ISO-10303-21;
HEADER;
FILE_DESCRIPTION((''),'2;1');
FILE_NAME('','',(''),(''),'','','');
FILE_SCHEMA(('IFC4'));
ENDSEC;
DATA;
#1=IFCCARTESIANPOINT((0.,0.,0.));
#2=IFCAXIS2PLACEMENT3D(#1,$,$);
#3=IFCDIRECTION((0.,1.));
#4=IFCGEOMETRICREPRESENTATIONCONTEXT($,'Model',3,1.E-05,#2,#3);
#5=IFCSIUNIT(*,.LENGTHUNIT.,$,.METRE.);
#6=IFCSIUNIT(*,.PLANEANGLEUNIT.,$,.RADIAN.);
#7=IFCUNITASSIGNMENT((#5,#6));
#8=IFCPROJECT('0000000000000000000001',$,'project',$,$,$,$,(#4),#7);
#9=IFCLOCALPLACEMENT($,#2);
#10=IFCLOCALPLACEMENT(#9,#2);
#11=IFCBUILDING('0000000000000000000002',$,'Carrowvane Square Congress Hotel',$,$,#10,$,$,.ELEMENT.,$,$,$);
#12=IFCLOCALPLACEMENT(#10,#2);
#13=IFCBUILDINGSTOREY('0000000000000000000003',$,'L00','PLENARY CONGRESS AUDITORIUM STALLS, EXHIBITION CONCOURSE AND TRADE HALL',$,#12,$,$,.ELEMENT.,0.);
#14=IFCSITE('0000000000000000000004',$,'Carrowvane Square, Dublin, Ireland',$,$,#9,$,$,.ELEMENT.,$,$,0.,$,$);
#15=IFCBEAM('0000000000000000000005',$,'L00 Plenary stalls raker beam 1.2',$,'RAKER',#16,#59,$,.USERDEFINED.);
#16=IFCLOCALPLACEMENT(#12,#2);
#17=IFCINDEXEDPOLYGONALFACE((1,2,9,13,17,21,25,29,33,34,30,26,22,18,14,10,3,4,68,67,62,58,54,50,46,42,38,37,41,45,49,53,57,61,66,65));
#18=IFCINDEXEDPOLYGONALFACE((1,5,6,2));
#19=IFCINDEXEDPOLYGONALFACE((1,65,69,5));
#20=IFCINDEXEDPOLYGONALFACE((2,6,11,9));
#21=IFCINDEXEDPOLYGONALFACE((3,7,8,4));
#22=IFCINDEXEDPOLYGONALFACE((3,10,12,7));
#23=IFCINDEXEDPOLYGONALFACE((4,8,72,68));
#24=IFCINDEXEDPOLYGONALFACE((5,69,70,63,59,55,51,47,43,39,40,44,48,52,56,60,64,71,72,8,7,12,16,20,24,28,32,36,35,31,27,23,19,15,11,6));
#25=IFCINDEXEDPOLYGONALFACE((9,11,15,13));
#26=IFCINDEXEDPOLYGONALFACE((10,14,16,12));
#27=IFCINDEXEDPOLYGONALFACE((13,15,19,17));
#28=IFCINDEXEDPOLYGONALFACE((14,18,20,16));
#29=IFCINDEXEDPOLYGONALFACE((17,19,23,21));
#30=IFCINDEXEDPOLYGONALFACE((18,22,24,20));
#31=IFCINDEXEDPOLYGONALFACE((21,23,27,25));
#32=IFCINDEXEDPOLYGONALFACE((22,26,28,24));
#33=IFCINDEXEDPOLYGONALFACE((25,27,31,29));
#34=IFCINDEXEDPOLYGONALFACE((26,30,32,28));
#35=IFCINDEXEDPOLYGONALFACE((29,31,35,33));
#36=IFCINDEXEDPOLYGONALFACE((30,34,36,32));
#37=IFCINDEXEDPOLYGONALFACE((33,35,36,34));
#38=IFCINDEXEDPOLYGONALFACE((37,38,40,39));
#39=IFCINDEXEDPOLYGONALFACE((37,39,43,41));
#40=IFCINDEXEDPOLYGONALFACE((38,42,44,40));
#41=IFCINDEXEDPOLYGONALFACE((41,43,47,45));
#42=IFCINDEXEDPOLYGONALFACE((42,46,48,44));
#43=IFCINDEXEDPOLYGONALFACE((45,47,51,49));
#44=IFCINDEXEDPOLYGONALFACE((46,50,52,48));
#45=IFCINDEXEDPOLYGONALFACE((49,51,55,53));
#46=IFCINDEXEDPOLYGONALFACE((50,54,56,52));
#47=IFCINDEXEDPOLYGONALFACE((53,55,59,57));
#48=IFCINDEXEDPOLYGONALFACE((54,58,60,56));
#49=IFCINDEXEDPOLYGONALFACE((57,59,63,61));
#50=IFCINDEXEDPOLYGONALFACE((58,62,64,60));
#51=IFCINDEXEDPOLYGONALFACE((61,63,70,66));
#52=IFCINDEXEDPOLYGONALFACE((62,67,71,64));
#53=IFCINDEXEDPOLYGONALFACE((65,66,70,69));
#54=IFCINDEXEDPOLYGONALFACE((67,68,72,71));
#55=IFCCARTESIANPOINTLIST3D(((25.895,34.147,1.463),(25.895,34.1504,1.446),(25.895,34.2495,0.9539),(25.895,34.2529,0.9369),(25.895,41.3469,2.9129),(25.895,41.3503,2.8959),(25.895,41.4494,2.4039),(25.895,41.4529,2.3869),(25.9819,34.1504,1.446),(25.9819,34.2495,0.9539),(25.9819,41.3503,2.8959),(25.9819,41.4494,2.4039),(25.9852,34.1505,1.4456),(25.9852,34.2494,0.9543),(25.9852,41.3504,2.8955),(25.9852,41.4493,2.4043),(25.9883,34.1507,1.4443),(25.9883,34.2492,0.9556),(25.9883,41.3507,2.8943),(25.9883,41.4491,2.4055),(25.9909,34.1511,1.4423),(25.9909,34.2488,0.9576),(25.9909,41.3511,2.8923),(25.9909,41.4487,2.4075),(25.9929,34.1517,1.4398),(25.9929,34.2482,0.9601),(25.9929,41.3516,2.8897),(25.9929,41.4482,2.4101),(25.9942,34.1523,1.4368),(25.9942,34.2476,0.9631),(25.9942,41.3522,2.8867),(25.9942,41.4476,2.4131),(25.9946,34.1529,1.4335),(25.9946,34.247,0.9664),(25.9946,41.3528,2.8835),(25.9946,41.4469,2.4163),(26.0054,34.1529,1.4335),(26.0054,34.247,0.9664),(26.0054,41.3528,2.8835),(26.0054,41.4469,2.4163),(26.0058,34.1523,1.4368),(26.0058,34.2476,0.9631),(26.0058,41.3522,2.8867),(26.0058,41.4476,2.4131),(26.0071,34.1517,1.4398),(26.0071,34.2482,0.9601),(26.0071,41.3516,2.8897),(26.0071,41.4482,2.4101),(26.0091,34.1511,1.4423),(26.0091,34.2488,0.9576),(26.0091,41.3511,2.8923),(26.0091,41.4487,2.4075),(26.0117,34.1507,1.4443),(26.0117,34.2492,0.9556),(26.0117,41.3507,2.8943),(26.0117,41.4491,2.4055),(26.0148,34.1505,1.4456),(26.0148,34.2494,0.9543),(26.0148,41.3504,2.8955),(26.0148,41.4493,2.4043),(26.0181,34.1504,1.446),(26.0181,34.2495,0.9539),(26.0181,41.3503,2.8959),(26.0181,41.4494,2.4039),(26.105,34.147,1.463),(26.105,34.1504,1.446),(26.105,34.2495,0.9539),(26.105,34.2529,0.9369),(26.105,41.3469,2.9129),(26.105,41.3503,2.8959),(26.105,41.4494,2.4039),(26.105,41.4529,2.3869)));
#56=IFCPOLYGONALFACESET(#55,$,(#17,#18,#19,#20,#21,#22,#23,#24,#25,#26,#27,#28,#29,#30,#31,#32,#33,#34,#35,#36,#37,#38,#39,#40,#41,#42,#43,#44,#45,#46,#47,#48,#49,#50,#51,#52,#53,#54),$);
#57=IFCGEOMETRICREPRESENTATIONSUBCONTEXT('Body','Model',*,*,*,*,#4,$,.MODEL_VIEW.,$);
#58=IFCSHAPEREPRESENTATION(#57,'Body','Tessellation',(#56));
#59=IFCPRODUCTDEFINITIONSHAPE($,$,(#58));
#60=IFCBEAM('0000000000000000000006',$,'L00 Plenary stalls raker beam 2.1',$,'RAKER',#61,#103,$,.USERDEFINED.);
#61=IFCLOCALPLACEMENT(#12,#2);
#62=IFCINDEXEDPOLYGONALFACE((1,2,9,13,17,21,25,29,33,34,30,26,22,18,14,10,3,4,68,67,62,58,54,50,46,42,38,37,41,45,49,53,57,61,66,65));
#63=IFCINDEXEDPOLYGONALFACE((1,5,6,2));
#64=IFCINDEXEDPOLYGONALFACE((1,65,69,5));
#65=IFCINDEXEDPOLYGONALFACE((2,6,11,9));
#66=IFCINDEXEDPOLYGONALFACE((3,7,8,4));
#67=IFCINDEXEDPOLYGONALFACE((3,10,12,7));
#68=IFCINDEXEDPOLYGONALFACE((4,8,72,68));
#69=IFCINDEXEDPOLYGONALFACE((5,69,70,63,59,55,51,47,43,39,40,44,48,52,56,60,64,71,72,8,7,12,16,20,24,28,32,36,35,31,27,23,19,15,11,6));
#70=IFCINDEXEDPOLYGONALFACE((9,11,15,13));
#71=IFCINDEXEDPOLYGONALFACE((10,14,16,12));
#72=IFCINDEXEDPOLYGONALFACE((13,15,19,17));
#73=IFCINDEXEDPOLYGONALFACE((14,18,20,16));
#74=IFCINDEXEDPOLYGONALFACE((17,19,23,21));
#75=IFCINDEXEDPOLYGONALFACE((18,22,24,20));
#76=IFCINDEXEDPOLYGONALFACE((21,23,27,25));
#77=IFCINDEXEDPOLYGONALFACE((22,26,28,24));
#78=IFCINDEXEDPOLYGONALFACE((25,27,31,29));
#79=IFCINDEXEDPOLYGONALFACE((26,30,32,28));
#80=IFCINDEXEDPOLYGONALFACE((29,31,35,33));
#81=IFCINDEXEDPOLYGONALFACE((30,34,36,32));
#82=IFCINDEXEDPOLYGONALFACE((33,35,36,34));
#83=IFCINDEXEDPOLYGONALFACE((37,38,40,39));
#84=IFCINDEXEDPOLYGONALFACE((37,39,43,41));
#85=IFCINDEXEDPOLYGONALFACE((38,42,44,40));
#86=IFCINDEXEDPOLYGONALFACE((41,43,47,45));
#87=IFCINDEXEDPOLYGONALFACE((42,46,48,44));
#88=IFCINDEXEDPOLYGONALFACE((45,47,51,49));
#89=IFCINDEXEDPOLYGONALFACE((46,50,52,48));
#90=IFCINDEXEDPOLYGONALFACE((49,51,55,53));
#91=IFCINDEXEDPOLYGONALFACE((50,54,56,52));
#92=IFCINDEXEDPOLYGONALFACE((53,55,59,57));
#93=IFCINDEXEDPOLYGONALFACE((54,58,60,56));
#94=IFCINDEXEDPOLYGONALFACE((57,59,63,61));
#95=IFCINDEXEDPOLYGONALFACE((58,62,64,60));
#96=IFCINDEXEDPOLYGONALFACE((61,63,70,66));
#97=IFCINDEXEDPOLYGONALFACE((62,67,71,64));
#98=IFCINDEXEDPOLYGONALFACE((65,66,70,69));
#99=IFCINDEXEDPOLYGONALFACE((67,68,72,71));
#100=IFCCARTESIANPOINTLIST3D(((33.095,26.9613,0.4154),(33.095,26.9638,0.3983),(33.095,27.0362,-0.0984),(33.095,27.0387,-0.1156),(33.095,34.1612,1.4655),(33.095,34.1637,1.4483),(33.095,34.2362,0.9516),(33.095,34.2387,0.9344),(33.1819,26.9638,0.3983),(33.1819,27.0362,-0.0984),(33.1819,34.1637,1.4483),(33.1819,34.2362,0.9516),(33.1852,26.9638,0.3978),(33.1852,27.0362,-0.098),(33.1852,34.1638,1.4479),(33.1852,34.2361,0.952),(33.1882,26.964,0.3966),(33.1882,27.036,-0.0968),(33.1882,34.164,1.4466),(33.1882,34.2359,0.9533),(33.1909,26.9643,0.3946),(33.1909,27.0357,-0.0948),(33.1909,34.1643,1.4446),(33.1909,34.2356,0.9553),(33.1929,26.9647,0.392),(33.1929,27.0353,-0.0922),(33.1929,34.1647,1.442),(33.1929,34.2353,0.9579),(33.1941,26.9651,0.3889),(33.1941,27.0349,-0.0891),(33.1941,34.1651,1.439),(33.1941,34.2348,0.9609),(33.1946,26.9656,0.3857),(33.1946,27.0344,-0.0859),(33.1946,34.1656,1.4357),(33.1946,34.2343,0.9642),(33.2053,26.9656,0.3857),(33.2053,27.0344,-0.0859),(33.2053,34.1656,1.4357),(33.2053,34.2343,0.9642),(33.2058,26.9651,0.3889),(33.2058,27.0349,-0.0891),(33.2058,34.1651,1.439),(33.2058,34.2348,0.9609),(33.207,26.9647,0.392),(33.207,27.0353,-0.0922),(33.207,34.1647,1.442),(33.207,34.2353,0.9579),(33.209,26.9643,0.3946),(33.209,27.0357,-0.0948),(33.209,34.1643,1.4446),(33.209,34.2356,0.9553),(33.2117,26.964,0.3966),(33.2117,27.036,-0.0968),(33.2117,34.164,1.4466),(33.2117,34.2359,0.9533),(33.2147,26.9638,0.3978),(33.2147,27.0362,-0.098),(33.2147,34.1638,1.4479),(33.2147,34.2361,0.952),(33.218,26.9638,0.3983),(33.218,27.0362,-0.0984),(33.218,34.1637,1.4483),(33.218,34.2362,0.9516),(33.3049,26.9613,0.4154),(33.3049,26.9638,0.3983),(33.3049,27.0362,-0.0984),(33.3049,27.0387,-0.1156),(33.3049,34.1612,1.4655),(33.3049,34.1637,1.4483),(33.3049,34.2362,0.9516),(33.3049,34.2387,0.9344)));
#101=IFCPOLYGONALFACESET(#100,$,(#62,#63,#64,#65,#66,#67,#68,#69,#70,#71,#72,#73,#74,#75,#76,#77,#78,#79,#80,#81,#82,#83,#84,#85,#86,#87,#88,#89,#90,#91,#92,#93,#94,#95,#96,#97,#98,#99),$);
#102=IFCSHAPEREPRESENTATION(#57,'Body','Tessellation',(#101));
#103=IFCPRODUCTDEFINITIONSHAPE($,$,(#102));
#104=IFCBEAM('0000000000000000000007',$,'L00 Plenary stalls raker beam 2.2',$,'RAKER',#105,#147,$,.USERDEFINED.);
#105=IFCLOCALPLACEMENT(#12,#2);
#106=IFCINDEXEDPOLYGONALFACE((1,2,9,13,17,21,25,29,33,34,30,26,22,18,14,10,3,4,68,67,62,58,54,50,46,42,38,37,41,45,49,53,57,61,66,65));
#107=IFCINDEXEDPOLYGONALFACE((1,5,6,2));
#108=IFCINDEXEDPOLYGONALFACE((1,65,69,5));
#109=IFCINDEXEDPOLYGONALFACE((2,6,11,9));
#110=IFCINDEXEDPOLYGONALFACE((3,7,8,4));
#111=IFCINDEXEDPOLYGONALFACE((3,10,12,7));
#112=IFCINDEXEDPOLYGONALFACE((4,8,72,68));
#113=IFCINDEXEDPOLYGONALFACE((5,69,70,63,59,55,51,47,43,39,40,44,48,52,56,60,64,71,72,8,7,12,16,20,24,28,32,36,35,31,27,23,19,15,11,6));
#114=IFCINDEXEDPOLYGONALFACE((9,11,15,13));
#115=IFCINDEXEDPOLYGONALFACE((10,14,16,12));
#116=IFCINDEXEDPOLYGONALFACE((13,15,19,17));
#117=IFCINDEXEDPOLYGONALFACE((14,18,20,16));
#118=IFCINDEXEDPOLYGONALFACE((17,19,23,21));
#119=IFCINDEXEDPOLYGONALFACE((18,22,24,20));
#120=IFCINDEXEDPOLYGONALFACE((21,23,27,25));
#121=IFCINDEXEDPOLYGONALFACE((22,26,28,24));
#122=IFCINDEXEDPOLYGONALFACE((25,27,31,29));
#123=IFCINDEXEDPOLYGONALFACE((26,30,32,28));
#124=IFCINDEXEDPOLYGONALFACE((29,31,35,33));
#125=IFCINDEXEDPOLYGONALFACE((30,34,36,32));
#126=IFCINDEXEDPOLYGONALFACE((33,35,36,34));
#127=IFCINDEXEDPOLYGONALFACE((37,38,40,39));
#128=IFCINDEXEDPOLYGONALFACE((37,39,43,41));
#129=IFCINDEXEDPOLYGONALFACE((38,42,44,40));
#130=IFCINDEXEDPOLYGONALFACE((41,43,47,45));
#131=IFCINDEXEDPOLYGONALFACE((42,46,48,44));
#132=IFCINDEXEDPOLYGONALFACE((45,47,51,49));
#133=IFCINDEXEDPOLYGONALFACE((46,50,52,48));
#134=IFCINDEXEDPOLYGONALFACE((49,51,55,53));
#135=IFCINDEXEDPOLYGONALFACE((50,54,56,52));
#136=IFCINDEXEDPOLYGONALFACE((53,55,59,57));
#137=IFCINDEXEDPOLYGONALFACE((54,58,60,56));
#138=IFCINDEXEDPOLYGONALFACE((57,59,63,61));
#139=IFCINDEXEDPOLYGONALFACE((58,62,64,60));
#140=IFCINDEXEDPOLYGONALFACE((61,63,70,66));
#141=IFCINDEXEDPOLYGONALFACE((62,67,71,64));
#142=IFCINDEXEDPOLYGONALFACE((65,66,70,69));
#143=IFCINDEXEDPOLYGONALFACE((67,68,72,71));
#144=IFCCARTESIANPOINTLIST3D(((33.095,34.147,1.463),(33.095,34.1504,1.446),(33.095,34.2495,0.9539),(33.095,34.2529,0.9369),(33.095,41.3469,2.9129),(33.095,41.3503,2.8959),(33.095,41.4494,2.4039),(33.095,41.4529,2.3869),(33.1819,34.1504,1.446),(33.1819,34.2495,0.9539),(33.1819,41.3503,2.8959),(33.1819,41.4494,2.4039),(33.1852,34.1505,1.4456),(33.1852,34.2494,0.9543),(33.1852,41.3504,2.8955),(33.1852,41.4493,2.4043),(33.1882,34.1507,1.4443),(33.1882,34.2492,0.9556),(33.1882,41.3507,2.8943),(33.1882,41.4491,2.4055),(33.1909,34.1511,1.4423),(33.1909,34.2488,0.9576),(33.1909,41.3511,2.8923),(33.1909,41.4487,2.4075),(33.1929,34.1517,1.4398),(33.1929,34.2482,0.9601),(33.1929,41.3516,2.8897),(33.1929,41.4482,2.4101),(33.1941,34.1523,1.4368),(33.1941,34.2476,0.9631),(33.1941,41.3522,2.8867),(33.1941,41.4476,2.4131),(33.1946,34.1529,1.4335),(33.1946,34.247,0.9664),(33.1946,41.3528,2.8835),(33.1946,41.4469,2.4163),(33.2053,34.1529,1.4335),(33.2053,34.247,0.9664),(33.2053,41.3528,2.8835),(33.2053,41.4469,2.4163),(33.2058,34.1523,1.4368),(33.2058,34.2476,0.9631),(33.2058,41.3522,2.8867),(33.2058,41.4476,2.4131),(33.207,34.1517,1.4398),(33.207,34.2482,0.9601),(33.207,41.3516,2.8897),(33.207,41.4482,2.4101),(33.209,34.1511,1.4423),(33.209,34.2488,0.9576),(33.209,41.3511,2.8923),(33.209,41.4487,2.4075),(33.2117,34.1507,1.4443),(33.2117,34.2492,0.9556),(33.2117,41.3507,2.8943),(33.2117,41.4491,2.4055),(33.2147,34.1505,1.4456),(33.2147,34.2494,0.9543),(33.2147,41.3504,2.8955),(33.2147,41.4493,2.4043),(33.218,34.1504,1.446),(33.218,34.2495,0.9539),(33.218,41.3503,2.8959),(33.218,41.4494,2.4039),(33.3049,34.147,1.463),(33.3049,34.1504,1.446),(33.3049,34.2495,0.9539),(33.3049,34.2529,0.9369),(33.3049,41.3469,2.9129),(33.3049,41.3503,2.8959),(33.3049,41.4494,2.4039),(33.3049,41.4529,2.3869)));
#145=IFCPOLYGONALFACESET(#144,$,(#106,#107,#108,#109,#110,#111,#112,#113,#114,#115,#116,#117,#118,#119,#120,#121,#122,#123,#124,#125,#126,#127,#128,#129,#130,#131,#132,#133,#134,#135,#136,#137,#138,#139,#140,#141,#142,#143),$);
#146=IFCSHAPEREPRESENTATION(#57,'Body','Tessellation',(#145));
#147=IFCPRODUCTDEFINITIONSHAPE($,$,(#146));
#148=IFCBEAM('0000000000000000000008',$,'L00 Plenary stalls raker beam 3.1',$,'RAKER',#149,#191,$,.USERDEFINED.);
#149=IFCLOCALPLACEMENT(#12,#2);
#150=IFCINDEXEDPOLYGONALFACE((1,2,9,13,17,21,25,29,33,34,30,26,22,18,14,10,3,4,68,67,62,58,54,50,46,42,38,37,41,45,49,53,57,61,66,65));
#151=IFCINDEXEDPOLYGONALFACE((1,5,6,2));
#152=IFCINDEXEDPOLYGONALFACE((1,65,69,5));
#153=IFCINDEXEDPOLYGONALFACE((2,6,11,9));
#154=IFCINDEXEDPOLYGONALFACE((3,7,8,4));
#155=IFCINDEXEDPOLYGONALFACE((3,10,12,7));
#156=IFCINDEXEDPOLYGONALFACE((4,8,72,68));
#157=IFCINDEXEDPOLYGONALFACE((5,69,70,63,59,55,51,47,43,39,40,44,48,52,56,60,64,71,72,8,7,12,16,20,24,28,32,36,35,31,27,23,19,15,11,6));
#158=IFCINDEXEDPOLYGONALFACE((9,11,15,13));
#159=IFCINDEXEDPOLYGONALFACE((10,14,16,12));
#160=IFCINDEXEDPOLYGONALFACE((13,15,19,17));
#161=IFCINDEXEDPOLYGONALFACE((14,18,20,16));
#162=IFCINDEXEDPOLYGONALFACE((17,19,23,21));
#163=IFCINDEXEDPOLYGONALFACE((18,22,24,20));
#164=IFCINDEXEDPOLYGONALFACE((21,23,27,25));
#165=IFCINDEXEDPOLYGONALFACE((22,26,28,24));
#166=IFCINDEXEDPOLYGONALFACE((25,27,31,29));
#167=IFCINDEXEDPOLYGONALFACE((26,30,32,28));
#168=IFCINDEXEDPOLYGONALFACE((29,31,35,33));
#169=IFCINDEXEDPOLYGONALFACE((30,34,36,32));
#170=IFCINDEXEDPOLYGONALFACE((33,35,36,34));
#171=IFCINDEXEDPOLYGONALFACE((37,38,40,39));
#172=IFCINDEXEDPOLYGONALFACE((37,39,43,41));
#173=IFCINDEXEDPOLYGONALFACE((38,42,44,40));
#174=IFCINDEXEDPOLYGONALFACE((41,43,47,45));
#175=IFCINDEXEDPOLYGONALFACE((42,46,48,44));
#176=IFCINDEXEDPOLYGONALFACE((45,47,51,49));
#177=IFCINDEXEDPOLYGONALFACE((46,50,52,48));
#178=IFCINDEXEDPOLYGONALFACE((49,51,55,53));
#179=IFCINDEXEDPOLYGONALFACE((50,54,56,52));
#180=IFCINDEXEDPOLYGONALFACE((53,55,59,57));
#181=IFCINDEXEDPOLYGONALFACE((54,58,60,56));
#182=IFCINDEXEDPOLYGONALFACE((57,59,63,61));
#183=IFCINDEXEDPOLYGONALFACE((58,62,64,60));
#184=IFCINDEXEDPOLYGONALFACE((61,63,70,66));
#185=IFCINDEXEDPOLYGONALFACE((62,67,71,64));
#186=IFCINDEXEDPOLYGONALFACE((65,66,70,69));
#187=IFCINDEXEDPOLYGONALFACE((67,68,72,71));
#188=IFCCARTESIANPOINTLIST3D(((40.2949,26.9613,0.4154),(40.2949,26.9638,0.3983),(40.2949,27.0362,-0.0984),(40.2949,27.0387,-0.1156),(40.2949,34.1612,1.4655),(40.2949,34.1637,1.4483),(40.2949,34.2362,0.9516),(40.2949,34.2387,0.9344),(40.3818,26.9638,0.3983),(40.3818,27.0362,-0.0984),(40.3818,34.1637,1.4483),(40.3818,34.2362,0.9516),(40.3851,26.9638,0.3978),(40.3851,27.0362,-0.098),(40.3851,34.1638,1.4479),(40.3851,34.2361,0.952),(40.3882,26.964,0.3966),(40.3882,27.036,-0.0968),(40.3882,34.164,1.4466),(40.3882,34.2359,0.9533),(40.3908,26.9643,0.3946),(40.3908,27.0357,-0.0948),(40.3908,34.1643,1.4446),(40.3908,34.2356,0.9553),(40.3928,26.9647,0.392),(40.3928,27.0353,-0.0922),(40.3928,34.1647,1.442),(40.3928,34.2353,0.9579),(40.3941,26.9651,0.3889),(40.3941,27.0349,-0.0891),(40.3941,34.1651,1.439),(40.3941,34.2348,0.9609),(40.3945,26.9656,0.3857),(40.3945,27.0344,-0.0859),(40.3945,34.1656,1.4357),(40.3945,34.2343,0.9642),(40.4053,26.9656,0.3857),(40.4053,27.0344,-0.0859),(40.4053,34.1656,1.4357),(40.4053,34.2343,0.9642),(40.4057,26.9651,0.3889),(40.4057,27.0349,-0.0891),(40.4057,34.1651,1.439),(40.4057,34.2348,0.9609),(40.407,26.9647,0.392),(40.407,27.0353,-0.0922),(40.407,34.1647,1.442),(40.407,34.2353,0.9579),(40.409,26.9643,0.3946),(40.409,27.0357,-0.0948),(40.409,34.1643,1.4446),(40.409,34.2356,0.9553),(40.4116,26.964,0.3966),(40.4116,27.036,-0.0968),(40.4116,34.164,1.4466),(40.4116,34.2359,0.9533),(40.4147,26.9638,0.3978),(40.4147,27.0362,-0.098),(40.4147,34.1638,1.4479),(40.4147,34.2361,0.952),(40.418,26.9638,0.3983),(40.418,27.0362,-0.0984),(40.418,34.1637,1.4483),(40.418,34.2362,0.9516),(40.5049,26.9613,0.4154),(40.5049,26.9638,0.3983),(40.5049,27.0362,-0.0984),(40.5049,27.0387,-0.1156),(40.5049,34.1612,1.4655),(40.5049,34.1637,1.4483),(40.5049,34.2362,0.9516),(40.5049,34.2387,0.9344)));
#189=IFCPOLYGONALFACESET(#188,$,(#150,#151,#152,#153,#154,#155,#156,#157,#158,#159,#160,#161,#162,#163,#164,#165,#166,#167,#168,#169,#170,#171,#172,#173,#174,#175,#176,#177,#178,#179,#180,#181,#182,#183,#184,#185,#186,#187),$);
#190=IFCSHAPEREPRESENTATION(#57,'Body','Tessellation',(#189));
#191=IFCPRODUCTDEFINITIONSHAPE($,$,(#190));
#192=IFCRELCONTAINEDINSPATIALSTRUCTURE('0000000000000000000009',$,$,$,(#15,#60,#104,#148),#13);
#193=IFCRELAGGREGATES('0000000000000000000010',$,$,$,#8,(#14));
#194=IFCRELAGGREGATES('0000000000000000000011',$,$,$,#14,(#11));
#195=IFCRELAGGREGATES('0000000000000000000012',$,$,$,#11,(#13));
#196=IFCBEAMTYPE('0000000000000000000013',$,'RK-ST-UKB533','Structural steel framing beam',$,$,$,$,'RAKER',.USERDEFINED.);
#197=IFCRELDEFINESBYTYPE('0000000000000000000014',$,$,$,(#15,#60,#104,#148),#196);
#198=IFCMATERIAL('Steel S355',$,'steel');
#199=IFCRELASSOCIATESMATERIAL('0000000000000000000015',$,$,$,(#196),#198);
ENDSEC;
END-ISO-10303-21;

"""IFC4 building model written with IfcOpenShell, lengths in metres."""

from ifc_helpers import new_model, si_unit, direction, frame, origin, origin_2d, place, context, subcontext, project, spatial, i_section, extrude, material, material_profile, profile_set, type_object, element, save


model = new_model("IFC4")

# Units and contexts
model_context = context("Model", 3, precision=1e-05, world=origin(), true_north=direction((0.0, 1.0)))
body_context = subcontext(model_context, "Body", "Model", "MODEL_VIEW")
ifc_project = project(units=[si_unit("LENGTHUNIT", "METRE"), si_unit("PLANEANGLEUNIT", "RADIAN")], contexts=[model_context])

# Site, building, storey
site_placement = place(None, origin())
site = spatial("IfcSite", under=ifc_project, at=site_placement, Name="Carrowvane Square, Dublin, Ireland", CompositionType="ELEMENT", RefElevation=0.0)
building_placement = place(site_placement, origin())
building = spatial("IfcBuilding", under=site, at=building_placement, Name="Carrowvane Square Congress Hotel", CompositionType="ELEMENT")
storey_placement = place(building_placement, origin())
storey = spatial("IfcBuildingStorey", under=building, at=storey_placement, Name="L00", Description="PLENARY CONGRESS AUDITORIUM STALLS, EXHIBITION CONCOURSE AND TRADE HALL", CompositionType="ELEMENT", Elevation=0.0)

# Beams
ifc_material_1 = material(Name="Steel S355", Category="steel")
ifc_material_profile_1 = material_profile(ifc_material_1, i_section(OverallWidth=0.21, OverallDepth=0.5366, WebThickness=0.0107, FlangeThickness=0.0173, FilletRadius=0.0127, at=origin_2d()), Name="UKB 533x210x101")
ifc_profile_set_1 = profile_set([ifc_material_profile_1], Name="Steel S355")
beam_type_1 = type_object("IfcBeamType", Name="RK-ST-UKB533", Description="Structural steel framing beam", ElementType="RAKER", PredefinedType="USERDEFINED", material=ifc_profile_set_1)
beam_1_placement = place(storey_placement, frame((26.0, 34.2, 1.2), z_axis=(0.0, 0.980319, 0.19742), x_axis=(-1.0, 0.0, 0.0)))
element("IfcBeam", 1, at=beam_1_placement, inside=storey, type_object=beam_type_1, Name="L00 Plenary stalls raker beam 1.2", ObjectType="RAKER", PredefinedType="USERDEFINED", context=body_context, shape_type="SweptSolid", body=[
    extrude(i_section(OverallWidth=0.21, OverallDepth=0.5366, WebThickness=0.0107, FlangeThickness=0.0173, FilletRadius=0.0127, at=origin_2d()), origin(), (0.0, 0.0, 1.0), 7.3445),
])
beam_2_placement = place(storey_placement, frame((33.2, 27.0, 0.1499), z_axis=(0.0, 0.989532, 0.144314), x_axis=(-1.0, 0.0, 0.0)))
element("IfcBeam", 2, at=beam_2_placement, inside=storey, type_object=beam_type_1, Name="L00 Plenary stalls raker beam 2.1", ObjectType="RAKER", PredefinedType="USERDEFINED", context=body_context, shape_type="SweptSolid", body=[
    extrude(i_section(OverallWidth=0.21, OverallDepth=0.5366, WebThickness=0.0107, FlangeThickness=0.0173, FilletRadius=0.0127, at=origin_2d()), origin(), (0.0, 0.0, 1.0), 7.2761),
])
beam_3_placement = place(storey_placement, frame((33.2, 34.2, 1.2), z_axis=(0.0, 0.980319, 0.19742), x_axis=(-1.0, 0.0, 0.0)))
element("IfcBeam", 3, at=beam_3_placement, inside=storey, type_object=beam_type_1, Name="L00 Plenary stalls raker beam 2.2", ObjectType="RAKER", PredefinedType="USERDEFINED", context=body_context, shape_type="SweptSolid", body=[
    extrude(i_section(OverallWidth=0.21, OverallDepth=0.5366, WebThickness=0.0107, FlangeThickness=0.0173, FilletRadius=0.0127, at=origin_2d()), origin(), (0.0, 0.0, 1.0), 7.3445),
])
beam_4_placement = place(storey_placement, frame((40.3999, 27.0, 0.1499), z_axis=(0.0, 0.989532, 0.144314), x_axis=(-1.0, 0.0, 0.0)))
element("IfcBeam", 4, at=beam_4_placement, inside=storey, type_object=beam_type_1, Name="L00 Plenary stalls raker beam 3.1", ObjectType="RAKER", PredefinedType="USERDEFINED", context=body_context, shape_type="SweptSolid", body=[
    extrude(i_section(OverallWidth=0.21, OverallDepth=0.5366, WebThickness=0.0107, FlangeThickness=0.0173, FilletRadius=0.0127, at=origin_2d()), origin(), (0.0, 0.0, 1.0), 7.2761),
])

save(model, "model.ifc")
